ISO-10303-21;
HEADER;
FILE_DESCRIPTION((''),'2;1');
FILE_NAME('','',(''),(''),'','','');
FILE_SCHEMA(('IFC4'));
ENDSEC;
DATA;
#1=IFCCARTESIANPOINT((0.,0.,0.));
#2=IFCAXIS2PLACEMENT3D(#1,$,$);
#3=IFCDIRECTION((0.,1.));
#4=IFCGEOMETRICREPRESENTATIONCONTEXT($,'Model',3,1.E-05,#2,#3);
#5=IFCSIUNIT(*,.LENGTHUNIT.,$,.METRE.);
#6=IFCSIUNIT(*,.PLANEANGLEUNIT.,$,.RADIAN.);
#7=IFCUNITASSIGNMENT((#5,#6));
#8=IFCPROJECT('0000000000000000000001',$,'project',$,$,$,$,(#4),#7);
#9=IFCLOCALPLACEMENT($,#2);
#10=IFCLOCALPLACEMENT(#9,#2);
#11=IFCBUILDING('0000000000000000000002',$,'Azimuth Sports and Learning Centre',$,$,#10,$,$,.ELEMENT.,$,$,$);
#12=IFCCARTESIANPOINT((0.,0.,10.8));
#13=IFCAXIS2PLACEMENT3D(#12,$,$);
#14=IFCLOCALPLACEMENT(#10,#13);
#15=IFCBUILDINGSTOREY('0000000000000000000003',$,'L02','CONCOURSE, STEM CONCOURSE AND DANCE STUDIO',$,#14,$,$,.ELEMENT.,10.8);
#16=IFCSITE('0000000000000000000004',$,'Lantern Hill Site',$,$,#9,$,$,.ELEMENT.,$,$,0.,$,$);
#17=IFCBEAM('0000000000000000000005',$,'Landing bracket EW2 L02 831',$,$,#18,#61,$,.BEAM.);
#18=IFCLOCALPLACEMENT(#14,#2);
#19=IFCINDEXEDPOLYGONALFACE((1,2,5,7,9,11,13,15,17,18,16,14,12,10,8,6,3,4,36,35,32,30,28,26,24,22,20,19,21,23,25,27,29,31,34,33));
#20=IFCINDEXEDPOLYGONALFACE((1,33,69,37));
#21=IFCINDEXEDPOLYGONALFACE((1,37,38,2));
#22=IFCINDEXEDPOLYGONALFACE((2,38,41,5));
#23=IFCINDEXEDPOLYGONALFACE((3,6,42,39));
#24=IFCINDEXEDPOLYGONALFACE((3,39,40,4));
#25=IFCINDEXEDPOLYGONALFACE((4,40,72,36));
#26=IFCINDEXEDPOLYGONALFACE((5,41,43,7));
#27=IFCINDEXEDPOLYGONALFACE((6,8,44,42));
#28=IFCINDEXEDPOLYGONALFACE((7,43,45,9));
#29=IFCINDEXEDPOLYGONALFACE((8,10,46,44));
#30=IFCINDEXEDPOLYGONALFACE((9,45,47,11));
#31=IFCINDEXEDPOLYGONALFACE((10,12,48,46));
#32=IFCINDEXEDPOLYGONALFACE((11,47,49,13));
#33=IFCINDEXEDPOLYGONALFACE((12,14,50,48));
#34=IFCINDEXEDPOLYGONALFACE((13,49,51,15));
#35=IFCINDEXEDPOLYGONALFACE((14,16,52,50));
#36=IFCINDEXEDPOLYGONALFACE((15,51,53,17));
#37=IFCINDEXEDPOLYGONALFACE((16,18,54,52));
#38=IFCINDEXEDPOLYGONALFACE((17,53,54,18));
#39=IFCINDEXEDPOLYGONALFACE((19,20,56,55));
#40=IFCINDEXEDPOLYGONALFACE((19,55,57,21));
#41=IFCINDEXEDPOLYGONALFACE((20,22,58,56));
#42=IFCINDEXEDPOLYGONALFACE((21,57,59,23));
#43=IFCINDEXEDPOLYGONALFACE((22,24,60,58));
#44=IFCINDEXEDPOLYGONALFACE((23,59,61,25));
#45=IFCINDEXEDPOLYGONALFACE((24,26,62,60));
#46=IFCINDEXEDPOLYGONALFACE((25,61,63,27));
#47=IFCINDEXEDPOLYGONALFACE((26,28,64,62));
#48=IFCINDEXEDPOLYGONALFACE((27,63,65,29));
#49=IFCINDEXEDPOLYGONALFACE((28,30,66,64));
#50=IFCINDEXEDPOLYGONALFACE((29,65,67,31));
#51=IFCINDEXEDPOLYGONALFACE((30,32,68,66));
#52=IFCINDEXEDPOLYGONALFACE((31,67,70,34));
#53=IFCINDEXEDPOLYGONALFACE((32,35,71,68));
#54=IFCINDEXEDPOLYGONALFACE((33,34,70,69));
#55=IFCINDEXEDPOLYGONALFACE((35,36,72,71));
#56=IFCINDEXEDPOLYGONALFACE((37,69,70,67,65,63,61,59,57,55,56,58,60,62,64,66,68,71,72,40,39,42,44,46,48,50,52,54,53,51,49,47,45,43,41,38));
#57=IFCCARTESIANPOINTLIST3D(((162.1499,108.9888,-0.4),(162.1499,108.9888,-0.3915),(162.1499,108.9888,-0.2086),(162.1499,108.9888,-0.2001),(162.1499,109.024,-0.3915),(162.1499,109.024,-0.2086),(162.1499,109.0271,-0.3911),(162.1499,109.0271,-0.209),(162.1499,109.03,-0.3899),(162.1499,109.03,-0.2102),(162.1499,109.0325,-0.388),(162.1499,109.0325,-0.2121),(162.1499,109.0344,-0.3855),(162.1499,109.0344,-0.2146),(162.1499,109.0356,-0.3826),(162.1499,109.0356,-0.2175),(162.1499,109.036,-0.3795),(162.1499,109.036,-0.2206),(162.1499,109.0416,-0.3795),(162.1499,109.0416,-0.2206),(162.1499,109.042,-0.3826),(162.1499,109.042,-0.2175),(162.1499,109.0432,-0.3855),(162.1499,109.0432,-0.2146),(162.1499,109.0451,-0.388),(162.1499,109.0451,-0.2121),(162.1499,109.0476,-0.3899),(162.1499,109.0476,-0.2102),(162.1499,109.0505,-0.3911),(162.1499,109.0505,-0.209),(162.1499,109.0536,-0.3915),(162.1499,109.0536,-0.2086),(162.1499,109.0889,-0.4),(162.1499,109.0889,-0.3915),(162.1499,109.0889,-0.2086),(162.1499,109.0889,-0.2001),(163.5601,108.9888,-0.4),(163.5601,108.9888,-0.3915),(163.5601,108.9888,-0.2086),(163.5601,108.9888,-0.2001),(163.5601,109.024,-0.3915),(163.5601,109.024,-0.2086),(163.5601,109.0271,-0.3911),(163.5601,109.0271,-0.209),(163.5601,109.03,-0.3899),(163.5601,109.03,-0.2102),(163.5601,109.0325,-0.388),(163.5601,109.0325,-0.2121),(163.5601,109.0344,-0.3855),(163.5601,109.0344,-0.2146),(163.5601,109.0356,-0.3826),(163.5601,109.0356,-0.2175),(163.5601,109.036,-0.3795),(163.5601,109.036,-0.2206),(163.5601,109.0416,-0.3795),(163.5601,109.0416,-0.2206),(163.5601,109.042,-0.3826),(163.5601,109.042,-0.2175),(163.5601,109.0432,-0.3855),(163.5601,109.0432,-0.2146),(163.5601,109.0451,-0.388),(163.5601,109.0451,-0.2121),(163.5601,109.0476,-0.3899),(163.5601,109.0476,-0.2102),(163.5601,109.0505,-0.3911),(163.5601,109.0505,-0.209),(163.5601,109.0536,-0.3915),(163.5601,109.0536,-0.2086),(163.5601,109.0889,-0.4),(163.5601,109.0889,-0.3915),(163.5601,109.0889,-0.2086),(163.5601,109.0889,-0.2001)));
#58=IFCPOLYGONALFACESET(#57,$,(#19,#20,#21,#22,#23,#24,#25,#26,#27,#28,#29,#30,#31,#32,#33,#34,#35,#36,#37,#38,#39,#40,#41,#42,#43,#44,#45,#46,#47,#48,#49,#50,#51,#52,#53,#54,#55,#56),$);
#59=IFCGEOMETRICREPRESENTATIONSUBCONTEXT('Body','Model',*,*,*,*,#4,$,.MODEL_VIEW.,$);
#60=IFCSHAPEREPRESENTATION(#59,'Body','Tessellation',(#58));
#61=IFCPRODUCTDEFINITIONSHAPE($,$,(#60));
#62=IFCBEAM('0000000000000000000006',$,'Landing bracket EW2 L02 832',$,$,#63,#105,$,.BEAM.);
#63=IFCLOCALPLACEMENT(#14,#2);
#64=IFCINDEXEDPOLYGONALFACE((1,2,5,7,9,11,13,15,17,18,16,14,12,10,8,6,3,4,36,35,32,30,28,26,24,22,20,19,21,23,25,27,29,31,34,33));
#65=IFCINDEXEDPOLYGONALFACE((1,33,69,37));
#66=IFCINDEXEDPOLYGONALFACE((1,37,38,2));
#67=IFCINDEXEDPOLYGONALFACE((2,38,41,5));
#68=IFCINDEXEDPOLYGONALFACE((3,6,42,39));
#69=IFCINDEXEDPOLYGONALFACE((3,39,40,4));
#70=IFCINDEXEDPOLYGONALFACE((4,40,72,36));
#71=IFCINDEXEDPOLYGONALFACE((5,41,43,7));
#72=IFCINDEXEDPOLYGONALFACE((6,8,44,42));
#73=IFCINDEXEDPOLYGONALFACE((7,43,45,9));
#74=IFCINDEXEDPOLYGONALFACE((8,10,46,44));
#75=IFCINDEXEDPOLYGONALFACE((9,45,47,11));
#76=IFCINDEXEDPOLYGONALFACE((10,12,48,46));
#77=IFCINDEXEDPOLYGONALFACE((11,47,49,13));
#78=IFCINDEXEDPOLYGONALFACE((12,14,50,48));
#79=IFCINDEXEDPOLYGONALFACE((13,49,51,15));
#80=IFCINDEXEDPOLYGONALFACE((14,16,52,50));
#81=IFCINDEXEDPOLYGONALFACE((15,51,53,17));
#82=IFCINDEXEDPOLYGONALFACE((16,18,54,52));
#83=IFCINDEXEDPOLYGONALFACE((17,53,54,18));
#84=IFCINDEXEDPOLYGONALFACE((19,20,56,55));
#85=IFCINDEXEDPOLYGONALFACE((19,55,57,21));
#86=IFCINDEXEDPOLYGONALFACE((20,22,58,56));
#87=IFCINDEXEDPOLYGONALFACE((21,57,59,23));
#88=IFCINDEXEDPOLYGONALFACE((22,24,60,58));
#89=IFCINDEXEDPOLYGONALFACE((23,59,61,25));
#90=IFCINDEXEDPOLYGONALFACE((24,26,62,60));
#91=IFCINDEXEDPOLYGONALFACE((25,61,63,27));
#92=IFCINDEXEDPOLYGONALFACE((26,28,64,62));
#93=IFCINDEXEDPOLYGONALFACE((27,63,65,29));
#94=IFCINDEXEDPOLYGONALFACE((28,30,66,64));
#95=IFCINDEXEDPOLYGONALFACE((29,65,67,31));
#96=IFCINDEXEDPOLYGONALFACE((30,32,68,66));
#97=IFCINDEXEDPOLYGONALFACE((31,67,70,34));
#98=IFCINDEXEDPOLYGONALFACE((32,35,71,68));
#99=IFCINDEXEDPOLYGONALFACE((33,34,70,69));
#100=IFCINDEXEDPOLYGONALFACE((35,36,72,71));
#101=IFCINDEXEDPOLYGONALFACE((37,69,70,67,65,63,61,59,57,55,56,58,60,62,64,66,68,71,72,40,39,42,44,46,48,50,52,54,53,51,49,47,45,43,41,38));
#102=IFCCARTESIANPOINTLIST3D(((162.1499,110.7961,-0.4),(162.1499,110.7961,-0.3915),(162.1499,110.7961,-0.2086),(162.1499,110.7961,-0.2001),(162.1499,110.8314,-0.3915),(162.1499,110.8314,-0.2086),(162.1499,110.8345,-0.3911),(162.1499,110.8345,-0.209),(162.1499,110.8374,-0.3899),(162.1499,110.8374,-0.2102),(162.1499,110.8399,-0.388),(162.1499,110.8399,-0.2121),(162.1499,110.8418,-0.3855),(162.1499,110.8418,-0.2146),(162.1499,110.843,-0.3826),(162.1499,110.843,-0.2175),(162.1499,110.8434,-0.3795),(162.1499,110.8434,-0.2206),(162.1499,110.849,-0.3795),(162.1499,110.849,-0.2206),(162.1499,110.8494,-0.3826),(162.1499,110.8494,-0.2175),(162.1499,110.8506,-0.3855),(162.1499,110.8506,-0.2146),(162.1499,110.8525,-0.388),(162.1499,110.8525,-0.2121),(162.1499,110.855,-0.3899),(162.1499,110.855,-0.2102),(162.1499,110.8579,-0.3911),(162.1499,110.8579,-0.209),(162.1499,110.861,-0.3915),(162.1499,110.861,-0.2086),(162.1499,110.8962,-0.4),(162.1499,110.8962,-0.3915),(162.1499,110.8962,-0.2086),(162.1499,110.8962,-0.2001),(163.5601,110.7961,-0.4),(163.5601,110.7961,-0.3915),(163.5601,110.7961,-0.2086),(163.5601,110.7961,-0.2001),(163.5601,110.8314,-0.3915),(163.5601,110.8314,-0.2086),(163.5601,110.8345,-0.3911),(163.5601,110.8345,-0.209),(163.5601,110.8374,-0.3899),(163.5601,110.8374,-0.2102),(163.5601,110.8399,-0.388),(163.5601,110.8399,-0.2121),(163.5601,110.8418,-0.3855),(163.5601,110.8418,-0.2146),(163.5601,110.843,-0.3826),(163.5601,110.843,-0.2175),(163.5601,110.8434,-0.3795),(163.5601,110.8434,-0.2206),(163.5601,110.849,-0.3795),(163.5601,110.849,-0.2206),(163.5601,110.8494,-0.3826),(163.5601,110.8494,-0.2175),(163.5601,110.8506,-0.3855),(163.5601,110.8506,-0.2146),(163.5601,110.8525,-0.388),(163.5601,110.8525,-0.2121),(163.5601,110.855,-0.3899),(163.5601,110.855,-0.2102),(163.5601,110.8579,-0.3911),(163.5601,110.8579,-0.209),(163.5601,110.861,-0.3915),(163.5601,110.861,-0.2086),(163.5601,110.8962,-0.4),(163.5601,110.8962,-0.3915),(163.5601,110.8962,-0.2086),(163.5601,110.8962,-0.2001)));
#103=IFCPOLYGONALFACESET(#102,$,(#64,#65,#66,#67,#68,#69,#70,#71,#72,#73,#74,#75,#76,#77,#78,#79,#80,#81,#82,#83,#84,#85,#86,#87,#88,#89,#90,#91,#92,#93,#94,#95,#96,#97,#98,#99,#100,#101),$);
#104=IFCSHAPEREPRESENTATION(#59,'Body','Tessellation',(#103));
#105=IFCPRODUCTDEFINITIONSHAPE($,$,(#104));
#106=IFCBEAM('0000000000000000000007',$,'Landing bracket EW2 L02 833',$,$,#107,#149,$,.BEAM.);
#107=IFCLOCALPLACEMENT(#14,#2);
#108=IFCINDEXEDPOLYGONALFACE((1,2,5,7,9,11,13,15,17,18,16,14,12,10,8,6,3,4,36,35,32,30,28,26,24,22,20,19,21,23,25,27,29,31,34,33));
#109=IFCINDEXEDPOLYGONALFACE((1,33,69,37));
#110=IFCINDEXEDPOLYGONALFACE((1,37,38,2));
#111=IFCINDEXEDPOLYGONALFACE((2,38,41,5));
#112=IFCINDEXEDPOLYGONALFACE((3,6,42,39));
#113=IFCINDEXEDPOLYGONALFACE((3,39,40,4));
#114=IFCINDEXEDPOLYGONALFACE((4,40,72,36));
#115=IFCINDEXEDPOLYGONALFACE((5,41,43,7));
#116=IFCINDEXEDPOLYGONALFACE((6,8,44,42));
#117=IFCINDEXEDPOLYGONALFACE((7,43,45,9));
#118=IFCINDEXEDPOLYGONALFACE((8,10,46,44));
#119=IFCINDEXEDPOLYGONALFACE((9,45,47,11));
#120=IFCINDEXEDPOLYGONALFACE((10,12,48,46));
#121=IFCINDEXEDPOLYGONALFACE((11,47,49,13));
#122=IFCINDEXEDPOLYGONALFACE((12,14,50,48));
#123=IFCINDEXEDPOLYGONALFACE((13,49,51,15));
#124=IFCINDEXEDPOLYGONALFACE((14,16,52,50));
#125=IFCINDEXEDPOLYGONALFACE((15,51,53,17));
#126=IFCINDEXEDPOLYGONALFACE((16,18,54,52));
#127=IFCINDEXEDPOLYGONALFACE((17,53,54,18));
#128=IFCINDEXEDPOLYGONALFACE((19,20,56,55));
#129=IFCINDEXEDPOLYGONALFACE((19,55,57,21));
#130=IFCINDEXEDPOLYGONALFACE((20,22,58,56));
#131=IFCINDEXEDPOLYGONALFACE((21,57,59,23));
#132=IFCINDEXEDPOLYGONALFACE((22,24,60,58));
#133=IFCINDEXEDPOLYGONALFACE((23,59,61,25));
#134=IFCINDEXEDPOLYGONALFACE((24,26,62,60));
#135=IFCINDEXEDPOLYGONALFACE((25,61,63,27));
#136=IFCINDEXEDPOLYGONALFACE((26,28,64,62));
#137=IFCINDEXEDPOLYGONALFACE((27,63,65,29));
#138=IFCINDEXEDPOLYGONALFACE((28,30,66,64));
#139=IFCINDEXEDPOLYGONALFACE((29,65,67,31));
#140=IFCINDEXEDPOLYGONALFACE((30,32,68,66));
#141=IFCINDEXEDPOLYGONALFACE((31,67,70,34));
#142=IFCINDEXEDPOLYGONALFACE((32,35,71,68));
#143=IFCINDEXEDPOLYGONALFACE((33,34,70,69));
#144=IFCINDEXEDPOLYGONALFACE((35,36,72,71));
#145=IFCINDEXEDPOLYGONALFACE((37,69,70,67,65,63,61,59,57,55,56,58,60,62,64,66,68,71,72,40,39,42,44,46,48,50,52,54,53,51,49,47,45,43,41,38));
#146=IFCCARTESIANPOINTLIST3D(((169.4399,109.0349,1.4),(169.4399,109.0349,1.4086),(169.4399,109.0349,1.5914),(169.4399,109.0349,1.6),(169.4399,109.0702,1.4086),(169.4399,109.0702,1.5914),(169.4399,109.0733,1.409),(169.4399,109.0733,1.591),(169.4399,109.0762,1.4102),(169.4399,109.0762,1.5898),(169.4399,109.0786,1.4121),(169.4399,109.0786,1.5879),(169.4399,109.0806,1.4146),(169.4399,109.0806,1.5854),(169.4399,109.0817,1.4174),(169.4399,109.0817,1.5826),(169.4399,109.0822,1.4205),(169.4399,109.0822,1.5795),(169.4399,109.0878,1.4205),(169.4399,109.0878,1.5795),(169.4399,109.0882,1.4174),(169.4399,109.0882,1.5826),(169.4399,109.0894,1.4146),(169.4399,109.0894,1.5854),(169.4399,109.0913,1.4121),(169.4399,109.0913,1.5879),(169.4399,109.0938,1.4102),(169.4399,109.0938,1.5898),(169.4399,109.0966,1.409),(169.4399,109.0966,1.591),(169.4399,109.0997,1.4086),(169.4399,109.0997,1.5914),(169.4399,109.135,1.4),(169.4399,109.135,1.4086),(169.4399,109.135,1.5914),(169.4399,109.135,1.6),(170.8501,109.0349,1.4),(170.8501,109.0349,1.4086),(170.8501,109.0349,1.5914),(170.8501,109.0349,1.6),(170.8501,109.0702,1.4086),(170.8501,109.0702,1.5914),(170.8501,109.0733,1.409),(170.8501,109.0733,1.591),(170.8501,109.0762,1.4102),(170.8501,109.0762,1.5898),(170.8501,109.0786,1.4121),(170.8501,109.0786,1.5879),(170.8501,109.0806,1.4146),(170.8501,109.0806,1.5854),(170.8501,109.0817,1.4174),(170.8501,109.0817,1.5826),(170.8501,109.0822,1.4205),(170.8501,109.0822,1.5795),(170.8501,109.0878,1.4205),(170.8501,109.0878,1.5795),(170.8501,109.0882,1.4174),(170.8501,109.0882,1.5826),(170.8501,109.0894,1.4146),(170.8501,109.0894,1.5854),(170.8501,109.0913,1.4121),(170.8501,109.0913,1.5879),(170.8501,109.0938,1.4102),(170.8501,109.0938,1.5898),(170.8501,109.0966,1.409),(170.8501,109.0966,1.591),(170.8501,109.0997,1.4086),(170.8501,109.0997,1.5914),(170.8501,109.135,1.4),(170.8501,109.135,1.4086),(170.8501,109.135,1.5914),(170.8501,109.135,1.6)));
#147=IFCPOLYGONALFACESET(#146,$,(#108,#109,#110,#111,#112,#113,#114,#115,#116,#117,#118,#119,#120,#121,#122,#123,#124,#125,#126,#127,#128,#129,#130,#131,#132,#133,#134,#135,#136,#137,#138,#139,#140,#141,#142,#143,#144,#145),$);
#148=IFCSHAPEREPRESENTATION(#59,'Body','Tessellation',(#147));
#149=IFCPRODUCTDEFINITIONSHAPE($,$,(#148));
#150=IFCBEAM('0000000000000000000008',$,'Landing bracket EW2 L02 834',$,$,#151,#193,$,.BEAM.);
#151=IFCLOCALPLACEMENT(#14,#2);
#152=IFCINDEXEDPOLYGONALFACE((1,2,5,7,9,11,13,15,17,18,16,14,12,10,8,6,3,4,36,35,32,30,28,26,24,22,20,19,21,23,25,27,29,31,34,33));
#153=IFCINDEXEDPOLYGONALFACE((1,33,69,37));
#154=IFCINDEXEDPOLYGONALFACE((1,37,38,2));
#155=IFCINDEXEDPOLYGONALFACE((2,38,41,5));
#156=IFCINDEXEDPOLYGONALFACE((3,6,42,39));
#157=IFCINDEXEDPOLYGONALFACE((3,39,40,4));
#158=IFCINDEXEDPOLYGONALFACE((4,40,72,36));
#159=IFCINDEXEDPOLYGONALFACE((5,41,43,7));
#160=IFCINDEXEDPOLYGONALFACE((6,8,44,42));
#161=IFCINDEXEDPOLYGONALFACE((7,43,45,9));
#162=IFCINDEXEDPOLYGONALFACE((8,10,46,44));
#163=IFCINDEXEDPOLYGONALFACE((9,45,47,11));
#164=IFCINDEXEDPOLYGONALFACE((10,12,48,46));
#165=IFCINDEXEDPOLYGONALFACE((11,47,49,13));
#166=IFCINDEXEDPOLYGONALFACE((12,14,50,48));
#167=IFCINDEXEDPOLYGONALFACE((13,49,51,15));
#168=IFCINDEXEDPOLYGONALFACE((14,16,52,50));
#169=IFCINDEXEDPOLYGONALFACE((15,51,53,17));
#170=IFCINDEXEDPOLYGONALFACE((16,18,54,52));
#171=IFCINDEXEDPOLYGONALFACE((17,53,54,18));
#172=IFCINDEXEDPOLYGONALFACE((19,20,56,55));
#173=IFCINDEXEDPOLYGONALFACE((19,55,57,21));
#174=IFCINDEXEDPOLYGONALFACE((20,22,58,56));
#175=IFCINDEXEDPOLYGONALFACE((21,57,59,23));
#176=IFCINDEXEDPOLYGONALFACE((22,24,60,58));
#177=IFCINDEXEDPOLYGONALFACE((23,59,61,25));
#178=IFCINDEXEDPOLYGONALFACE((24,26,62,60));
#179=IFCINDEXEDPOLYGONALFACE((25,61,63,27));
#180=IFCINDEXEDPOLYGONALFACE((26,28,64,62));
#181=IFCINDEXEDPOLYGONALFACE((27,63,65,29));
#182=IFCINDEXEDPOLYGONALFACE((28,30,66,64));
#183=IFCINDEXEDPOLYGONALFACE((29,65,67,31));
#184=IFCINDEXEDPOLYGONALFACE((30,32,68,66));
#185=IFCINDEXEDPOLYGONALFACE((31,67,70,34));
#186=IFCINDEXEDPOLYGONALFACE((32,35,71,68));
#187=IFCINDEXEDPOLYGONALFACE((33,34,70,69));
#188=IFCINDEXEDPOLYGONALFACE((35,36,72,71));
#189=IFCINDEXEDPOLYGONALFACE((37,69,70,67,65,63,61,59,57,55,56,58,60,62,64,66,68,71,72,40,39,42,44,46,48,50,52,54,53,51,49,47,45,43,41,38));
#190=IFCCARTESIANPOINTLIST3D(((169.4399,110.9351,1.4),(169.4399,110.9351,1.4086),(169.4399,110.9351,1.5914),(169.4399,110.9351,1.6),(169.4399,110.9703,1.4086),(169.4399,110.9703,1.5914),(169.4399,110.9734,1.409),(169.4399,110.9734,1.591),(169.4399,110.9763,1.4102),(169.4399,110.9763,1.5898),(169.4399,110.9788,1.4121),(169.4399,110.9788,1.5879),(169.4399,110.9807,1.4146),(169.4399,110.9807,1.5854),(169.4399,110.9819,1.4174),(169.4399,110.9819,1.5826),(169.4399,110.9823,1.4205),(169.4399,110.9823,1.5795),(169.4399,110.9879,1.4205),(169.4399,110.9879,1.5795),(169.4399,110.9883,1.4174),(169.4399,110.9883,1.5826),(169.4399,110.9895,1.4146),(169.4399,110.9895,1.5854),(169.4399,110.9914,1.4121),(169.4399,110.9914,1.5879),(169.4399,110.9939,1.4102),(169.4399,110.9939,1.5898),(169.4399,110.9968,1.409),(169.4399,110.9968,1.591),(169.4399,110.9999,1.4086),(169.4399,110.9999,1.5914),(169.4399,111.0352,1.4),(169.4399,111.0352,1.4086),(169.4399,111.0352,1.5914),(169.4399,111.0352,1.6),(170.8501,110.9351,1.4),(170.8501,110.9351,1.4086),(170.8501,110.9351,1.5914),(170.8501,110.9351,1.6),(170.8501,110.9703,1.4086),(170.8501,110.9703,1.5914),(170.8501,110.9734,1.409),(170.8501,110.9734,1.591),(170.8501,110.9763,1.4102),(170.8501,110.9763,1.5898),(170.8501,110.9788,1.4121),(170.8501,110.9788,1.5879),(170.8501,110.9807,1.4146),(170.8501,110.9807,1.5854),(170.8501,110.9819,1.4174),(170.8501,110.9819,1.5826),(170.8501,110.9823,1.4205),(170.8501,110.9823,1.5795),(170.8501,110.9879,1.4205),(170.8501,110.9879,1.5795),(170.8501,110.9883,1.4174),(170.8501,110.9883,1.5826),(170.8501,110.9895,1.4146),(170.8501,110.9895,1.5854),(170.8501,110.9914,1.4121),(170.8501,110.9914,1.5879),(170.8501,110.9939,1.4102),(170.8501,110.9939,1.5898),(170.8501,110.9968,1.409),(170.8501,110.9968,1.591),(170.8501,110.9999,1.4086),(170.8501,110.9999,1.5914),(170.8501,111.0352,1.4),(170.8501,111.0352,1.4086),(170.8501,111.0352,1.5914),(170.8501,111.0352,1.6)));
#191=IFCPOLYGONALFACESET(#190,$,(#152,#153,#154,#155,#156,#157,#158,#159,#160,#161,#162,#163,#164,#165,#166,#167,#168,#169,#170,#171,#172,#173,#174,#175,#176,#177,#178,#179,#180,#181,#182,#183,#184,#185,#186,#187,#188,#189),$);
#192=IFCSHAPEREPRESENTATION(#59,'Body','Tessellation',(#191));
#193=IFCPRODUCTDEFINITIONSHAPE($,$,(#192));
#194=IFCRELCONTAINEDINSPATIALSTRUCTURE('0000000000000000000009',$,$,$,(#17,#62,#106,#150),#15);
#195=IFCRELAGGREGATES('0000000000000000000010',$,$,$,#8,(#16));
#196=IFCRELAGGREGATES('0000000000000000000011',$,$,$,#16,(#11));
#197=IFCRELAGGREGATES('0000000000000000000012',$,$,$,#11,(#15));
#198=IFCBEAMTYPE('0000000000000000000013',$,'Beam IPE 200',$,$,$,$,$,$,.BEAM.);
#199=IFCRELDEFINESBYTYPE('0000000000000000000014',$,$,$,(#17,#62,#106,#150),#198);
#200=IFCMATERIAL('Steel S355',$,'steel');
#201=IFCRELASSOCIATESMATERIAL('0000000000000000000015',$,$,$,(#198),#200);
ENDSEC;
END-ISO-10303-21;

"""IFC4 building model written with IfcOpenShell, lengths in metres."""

from ifc_helpers import new_model, si_unit, direction, frame, origin, origin_2d, place, context, subcontext, project, spatial, i_section, extrude, material, material_profile, profile_set, type_object, element, save


model = new_model("IFC4")

# Units and contexts
model_context = context("Model", 3, precision=1e-05, world=origin(), true_north=direction((0.0, 1.0)))
body_context = subcontext(model_context, "Body", "Model", "MODEL_VIEW")
ifc_project = project(units=[si_unit("LENGTHUNIT", "METRE"), si_unit("PLANEANGLEUNIT", "RADIAN")], contexts=[model_context])

# Site, building, storey
site_placement = place(None, origin())
site = spatial("IfcSite", under=ifc_project, at=site_placement, Name="Lantern Hill Site", CompositionType="ELEMENT", RefElevation=0.0)
building_placement = place(site_placement, origin())
building = spatial("IfcBuilding", under=site, at=building_placement, Name="Azimuth Sports and Learning Centre", CompositionType="ELEMENT")
storey_placement = place(building_placement, frame((0.0, 0.0, 10.8)))
storey = spatial("IfcBuildingStorey", under=building, at=storey_placement, Name="L02", Description="CONCOURSE, STEM CONCOURSE AND DANCE STUDIO", CompositionType="ELEMENT", Elevation=10.8)

# Beams
ifc_material_1 = material(Name="Steel S355", Category="steel")
ifc_material_profile_1 = material_profile(ifc_material_1, i_section(OverallWidth=0.1001, OverallDepth=0.2, WebThickness=0.0056, FlangeThickness=0.0085, FilletRadius=0.012, at=origin_2d()), Name="IPE 200")
ifc_profile_set_1 = profile_set([ifc_material_profile_1], Name="Steel S355")
beam_type_1 = type_object("IfcBeamType", Name="Beam IPE 200", PredefinedType="BEAM", material=ifc_profile_set_1)
for number, where, z_axis, x_axis, name in (
    (1, (162.1499, 109.0388, -0.3), (1.0, 0.0, 0.0), (0.0, 1.0, 0.0), "Landing bracket EW2 L02 831"),
    (2, (162.1499, 110.8462, -0.3), (1.0, 0.0, 0.0), (0.0, 1.0, 0.0), "Landing bracket EW2 L02 832"),
    (3, (170.8501, 109.085, 1.5), (-1.0, 0.0, 0.0), (0.0, -1.0, 0.0), "Landing bracket EW2 L02 833"),
    (4, (170.8501, 110.9851, 1.5), (-1.0, 0.0, 0.0), (0.0, -1.0, 0.0), "Landing bracket EW2 L02 834"),
):
    element("IfcBeam", number, at=place(storey_placement, frame(where, z_axis=z_axis, x_axis=x_axis)), inside=storey, type_object=beam_type_1, Name=name, PredefinedType="BEAM", context=body_context, shape_type="SweptSolid", body=[
        extrude(i_section(OverallWidth=0.1001, OverallDepth=0.2, WebThickness=0.0056, FlangeThickness=0.0085, FilletRadius=0.012, at=origin_2d()), origin(), (0.0, 0.0, 1.0), 1.4102),
    ])

save(model, "model.ifc")
